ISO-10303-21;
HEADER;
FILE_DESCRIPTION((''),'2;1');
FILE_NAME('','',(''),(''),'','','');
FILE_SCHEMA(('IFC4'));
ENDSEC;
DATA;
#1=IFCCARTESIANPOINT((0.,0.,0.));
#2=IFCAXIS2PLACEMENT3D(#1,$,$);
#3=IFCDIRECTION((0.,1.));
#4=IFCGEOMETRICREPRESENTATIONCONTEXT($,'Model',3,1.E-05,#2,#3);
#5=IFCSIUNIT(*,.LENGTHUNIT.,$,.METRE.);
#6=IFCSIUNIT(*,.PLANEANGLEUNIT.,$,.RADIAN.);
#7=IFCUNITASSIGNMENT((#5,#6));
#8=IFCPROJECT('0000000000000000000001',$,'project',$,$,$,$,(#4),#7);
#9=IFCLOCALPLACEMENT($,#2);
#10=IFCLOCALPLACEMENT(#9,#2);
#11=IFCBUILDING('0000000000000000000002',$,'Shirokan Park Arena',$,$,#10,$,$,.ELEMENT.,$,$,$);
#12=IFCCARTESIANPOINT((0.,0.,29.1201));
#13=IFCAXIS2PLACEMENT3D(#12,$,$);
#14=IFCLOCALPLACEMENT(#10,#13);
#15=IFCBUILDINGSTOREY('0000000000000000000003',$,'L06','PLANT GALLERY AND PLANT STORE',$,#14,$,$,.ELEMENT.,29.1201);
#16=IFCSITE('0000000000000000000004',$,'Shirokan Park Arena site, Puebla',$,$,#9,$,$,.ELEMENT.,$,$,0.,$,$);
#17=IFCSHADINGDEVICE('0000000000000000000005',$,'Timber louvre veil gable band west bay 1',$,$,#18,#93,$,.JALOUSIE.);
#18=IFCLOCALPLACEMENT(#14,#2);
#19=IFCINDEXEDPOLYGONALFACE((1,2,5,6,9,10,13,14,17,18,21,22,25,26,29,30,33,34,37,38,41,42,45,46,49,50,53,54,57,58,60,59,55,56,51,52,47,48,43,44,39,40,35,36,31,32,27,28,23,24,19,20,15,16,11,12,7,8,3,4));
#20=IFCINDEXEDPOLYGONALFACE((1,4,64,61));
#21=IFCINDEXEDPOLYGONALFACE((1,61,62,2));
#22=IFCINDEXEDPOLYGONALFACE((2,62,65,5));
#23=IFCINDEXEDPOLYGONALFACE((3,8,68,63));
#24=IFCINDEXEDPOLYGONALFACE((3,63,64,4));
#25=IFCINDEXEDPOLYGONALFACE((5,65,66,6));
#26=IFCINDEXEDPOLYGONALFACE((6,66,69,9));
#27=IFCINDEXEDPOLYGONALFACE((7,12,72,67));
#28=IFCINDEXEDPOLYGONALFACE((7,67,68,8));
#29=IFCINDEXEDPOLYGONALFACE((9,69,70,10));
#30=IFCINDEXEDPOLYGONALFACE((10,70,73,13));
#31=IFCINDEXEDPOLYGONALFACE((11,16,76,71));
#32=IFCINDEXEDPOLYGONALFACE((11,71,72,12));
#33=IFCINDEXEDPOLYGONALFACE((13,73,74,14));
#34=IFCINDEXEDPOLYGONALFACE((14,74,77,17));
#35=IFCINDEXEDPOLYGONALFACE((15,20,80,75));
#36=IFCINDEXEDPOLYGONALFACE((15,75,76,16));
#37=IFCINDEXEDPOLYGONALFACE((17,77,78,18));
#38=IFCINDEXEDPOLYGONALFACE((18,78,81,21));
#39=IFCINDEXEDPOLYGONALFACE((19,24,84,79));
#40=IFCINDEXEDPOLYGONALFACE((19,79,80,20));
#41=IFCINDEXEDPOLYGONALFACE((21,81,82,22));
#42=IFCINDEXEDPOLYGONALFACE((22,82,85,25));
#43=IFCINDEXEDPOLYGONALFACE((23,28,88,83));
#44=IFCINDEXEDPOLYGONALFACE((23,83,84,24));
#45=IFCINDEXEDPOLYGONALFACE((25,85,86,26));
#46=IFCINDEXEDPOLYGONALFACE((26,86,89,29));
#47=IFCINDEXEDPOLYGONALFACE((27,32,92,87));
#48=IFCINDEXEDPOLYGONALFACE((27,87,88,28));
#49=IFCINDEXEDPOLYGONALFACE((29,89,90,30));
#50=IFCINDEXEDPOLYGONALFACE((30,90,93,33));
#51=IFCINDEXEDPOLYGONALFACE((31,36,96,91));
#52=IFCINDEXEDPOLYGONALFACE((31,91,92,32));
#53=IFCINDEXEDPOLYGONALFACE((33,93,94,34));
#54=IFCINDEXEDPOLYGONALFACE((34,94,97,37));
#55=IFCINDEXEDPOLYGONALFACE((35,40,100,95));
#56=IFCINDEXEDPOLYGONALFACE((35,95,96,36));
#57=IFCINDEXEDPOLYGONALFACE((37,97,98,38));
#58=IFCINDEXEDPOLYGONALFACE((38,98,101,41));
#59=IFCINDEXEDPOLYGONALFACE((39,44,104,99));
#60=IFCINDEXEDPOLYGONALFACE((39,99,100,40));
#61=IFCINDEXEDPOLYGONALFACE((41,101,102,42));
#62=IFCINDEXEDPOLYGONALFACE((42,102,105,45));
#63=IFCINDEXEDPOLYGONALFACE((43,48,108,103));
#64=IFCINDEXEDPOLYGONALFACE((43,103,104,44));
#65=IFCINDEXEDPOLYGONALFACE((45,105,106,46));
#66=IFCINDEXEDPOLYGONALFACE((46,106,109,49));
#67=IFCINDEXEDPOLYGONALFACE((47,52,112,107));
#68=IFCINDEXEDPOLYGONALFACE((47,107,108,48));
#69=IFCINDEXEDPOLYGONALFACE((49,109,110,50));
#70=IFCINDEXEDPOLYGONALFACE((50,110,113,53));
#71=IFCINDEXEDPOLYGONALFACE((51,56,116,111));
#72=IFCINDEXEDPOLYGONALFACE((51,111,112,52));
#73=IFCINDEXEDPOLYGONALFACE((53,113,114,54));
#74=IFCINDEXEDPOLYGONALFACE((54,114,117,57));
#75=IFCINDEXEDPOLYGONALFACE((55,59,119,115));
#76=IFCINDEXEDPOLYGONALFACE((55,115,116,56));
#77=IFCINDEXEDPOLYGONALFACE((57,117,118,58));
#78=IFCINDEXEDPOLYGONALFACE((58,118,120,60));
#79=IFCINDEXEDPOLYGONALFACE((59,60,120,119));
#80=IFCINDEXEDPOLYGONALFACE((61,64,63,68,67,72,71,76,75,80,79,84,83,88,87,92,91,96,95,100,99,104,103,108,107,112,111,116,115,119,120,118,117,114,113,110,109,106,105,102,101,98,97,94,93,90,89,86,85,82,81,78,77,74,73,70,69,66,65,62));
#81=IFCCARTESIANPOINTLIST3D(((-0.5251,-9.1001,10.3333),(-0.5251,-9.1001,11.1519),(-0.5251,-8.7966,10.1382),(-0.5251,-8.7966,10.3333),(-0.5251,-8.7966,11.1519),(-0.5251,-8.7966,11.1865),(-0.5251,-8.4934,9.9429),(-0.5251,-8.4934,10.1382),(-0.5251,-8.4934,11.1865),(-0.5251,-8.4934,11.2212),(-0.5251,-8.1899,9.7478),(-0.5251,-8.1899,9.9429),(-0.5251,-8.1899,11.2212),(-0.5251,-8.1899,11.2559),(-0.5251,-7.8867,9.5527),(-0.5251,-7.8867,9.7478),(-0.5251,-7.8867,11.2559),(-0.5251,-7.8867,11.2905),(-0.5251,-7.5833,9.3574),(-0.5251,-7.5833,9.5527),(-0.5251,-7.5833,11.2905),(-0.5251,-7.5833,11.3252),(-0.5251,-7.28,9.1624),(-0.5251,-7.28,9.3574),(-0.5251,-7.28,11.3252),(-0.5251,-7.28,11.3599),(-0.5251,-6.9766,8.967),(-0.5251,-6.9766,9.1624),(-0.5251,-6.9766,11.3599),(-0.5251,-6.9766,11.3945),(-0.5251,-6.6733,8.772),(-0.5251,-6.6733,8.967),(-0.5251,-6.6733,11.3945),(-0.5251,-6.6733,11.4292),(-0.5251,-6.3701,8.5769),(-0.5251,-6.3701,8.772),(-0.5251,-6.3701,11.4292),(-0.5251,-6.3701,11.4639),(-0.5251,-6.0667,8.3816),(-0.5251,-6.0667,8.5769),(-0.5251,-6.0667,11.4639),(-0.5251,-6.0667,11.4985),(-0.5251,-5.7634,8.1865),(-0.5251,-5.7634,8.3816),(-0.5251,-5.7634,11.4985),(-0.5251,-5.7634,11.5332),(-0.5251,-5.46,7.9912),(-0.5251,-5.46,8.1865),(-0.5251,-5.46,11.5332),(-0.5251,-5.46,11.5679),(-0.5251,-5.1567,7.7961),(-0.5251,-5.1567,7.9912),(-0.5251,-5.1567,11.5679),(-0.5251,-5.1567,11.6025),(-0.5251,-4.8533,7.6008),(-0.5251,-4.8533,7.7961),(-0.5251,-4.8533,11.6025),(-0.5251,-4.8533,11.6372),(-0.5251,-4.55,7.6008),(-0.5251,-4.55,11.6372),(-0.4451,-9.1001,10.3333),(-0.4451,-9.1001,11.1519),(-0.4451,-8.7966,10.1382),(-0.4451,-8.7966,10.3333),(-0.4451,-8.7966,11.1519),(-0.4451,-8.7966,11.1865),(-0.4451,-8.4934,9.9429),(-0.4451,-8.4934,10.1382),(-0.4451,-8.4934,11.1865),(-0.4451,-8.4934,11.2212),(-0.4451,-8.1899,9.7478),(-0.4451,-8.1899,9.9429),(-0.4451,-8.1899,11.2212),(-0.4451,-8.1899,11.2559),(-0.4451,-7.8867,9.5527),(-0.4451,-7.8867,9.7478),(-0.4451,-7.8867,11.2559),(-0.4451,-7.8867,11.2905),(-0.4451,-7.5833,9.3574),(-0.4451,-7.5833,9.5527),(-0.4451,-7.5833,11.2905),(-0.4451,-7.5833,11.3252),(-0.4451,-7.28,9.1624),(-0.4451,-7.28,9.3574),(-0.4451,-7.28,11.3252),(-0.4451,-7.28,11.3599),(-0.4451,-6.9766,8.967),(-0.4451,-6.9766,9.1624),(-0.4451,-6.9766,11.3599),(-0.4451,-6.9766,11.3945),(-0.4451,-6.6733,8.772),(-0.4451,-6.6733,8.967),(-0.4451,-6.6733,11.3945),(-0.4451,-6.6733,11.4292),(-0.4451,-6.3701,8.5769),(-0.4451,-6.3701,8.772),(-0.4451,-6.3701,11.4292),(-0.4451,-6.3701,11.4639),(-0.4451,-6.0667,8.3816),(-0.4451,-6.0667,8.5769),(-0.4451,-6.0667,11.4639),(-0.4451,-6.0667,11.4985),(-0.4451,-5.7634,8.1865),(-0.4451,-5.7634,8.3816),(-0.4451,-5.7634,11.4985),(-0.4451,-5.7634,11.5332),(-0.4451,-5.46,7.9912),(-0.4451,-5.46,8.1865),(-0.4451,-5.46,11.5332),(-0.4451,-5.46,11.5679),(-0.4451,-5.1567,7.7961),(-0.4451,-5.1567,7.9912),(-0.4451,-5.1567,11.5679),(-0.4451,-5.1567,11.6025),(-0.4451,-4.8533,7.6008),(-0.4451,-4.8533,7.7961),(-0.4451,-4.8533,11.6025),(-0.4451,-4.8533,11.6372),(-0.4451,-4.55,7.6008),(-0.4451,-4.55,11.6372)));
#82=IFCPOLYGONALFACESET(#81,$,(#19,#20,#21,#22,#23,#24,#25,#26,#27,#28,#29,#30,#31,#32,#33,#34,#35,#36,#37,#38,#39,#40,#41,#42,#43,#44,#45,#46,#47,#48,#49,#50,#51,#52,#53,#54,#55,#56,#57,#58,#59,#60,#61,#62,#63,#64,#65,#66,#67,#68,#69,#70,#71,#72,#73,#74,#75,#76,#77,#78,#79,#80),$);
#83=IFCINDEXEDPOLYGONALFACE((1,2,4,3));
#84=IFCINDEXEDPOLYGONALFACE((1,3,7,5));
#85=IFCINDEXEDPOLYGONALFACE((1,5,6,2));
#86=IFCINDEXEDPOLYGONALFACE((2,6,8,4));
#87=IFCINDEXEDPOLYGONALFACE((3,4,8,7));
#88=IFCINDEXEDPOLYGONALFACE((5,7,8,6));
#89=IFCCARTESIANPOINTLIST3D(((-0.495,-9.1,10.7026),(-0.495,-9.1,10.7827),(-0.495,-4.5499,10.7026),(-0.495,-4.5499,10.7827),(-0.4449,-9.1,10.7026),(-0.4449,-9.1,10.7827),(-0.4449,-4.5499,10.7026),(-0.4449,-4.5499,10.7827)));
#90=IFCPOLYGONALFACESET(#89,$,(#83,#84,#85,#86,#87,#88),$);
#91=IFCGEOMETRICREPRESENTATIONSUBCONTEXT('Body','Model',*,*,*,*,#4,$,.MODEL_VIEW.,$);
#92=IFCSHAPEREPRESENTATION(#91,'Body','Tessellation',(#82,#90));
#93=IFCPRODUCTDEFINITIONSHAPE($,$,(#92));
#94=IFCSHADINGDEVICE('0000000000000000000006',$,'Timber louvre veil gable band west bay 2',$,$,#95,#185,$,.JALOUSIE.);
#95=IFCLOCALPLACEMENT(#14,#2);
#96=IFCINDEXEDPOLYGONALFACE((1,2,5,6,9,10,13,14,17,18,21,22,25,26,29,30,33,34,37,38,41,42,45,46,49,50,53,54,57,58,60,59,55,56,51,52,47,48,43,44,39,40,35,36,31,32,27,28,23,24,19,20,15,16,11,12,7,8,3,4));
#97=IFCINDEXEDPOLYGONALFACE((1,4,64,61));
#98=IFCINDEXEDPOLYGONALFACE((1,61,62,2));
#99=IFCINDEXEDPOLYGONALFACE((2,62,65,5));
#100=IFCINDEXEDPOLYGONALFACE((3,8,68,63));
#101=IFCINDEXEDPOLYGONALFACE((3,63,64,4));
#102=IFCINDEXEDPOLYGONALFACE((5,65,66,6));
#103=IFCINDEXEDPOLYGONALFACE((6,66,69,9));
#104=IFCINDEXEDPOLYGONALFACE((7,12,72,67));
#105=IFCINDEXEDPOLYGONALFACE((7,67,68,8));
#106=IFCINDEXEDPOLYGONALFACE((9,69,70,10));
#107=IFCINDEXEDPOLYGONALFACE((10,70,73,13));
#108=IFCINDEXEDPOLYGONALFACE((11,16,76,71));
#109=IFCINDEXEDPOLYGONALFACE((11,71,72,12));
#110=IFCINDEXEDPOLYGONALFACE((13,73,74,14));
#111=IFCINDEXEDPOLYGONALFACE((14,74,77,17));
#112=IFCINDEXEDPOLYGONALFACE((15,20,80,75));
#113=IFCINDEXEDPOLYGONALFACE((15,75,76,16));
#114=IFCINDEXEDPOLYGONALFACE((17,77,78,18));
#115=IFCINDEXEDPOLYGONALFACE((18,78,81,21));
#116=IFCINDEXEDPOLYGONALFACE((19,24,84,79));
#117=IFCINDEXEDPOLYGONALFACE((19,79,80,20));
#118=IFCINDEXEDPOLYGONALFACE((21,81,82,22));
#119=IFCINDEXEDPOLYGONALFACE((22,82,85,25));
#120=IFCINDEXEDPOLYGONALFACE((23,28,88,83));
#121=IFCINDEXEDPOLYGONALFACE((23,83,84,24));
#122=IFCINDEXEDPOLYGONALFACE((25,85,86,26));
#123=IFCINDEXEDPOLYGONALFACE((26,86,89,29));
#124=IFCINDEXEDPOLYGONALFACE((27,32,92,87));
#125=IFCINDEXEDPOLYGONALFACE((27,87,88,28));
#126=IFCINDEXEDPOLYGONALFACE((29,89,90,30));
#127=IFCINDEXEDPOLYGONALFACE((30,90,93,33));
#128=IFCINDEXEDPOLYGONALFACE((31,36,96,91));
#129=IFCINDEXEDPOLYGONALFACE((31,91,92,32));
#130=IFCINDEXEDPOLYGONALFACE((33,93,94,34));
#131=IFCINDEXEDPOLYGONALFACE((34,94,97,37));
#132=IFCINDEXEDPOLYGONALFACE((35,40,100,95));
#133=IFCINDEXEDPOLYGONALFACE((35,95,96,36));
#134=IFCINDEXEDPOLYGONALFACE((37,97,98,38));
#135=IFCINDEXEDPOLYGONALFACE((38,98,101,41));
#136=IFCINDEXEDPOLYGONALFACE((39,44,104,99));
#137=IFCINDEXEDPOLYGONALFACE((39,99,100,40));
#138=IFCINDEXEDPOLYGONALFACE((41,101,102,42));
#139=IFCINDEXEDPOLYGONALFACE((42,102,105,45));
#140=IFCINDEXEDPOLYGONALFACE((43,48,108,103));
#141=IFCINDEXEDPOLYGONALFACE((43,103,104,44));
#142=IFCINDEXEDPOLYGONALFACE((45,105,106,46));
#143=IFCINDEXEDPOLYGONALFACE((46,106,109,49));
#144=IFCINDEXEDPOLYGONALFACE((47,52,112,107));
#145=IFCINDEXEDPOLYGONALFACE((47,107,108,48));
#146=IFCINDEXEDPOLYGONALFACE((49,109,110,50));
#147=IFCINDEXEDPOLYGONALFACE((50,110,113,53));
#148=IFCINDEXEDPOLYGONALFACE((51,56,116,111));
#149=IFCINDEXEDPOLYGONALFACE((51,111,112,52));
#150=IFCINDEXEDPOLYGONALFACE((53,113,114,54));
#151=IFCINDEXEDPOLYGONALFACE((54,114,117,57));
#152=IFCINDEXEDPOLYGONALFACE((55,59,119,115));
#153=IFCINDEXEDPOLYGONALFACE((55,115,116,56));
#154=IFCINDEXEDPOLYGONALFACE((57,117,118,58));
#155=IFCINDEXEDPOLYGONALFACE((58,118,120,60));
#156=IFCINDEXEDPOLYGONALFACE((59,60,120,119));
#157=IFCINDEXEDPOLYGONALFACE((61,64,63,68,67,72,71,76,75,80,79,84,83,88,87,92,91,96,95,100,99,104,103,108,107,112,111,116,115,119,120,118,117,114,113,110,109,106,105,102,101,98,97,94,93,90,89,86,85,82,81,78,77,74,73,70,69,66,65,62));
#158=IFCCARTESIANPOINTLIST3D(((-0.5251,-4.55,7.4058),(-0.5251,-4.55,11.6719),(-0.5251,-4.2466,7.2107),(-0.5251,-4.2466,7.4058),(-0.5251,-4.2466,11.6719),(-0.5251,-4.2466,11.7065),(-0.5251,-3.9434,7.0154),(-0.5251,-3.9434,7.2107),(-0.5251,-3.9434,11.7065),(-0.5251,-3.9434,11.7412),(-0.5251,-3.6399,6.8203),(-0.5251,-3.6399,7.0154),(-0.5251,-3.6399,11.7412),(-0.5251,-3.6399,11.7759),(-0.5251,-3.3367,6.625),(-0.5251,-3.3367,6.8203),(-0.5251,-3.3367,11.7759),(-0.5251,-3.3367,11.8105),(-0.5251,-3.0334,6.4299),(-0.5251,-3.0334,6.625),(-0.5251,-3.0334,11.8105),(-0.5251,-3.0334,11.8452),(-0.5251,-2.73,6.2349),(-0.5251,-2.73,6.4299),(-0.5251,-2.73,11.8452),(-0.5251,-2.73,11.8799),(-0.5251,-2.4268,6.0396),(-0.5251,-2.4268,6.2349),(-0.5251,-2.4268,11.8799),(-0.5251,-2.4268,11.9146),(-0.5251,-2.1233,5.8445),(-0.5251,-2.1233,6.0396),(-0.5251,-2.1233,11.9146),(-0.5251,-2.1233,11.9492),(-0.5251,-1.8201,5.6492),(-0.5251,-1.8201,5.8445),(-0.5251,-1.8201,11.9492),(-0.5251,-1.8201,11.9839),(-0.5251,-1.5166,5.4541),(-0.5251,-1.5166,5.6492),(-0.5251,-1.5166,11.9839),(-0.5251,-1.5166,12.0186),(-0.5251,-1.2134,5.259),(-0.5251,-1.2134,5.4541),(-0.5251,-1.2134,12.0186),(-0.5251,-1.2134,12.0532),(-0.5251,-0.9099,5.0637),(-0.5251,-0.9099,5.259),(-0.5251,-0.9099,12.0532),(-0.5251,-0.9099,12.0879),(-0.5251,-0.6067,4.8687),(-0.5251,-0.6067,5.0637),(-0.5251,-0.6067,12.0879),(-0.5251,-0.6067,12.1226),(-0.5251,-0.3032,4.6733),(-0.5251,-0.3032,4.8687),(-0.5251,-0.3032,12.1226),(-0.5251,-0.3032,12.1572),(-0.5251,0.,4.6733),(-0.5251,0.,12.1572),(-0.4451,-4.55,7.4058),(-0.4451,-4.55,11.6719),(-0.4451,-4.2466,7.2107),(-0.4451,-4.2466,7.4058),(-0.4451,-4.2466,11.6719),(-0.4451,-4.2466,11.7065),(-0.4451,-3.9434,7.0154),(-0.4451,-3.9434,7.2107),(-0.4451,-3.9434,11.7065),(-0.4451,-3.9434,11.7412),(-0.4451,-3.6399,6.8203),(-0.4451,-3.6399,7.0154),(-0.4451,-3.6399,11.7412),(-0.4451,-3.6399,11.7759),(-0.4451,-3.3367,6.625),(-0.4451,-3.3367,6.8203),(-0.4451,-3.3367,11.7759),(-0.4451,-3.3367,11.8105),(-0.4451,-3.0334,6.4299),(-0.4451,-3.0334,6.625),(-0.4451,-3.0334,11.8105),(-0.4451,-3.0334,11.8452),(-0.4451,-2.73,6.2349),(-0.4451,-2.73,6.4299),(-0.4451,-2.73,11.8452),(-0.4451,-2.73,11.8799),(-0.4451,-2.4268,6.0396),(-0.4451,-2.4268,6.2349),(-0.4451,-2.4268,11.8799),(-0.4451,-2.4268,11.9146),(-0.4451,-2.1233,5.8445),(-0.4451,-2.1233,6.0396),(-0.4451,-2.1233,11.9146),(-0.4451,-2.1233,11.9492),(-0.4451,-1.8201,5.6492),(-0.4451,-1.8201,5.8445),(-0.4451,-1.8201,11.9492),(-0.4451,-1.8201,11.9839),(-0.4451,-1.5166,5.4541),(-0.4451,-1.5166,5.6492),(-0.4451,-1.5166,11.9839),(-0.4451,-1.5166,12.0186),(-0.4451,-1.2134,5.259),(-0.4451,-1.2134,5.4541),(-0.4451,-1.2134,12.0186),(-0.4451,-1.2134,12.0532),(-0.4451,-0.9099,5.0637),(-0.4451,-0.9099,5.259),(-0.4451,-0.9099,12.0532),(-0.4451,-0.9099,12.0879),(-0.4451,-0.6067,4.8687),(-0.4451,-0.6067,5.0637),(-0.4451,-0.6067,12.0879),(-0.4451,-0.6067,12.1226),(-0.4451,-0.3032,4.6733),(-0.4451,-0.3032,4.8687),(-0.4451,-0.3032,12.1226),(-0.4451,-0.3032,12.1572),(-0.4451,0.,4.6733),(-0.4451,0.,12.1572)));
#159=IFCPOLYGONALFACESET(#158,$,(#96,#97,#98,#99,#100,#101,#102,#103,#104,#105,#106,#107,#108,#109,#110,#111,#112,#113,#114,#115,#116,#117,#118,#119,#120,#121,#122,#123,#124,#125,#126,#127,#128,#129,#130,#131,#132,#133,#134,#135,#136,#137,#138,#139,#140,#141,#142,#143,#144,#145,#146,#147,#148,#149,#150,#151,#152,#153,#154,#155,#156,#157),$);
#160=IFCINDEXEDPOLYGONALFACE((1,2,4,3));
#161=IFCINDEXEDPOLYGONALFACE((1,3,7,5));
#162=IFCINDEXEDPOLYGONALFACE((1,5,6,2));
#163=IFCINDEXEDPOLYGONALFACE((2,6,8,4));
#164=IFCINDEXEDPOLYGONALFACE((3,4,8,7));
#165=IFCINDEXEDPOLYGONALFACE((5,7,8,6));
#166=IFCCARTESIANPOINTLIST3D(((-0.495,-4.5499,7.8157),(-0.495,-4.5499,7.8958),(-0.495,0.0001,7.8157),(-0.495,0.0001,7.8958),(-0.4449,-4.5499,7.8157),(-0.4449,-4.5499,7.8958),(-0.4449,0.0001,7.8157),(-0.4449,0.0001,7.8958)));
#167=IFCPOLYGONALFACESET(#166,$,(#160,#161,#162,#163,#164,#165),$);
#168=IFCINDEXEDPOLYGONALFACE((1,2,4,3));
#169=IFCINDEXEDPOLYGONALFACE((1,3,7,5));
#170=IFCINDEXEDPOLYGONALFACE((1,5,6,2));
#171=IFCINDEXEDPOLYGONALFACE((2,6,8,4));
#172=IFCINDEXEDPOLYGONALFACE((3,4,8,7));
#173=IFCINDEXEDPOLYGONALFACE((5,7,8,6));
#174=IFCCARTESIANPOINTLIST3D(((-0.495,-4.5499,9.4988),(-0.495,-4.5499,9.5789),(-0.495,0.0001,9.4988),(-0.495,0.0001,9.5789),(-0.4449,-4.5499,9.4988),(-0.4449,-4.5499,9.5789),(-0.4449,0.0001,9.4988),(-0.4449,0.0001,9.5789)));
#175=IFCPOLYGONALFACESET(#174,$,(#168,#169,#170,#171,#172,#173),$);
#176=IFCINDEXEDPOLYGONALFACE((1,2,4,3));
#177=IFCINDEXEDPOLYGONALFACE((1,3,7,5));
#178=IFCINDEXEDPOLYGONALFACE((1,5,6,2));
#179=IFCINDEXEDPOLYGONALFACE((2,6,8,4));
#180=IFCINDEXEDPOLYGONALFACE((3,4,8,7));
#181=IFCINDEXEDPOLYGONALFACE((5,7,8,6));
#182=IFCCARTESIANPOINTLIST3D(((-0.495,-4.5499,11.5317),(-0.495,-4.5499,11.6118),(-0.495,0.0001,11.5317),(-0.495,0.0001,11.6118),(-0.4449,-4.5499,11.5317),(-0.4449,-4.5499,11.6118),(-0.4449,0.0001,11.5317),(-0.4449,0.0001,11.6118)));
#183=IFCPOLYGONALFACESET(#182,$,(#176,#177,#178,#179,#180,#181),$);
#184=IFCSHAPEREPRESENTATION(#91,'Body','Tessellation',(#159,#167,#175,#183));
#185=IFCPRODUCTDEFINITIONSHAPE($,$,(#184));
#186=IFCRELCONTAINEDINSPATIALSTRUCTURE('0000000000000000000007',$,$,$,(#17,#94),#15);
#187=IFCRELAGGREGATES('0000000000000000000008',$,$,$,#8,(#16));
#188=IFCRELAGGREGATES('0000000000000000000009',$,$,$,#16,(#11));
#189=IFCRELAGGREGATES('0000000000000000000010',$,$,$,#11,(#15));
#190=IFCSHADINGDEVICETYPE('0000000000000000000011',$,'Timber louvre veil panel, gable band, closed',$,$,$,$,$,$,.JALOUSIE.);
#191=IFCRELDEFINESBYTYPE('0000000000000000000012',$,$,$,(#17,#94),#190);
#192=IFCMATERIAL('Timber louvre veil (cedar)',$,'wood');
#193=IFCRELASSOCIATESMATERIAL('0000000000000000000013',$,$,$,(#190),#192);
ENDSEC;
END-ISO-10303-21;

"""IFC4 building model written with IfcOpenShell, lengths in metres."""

from ifc_helpers import new_model, si_unit, direction, frame, origin, origin_2d, place, context, subcontext, project, spatial, polyline, rectangle, outline, extrude, material, type_object, element, save


model = new_model("IFC4")

# Units and contexts
model_context = context("Model", 3, precision=1e-05, world=origin(), true_north=direction((0.0, 1.0)))
body_context = subcontext(model_context, "Body", "Model", "MODEL_VIEW")
ifc_project = project(units=[si_unit("LENGTHUNIT", "METRE"), si_unit("PLANEANGLEUNIT", "RADIAN")], contexts=[model_context])

# Site, building, storey
site_placement = place(None, origin())
site = spatial("IfcSite", under=ifc_project, at=site_placement, Name="Shirokan Park Arena site, Puebla", CompositionType="ELEMENT", RefElevation=0.0)
building_placement = place(site_placement, origin())
building = spatial("IfcBuilding", under=site, at=building_placement, Name="Shirokan Park Arena", CompositionType="ELEMENT")
storey_placement = place(building_placement, frame((0.0, 0.0, 29.1201)))
storey = spatial("IfcBuildingStorey", under=building, at=storey_placement, Name="L06", Description="PLANT GALLERY AND PLANT STORE", CompositionType="ELEMENT", Elevation=29.1201)

# Shading devices
ifc_material = material(Name="Timber louvre veil (cedar)", Category="wood")
shading_device_type_1 = type_object("IfcShadingDeviceType", Name="Timber louvre veil panel, gable band, closed", PredefinedType="JALOUSIE", material=ifc_material)
shading_device_1_placement = place(storey_placement, origin())
element("IfcShadingDevice", 1, at=shading_device_1_placement, inside=storey, type_object=shading_device_type_1, Name="Timber louvre veil gable band west bay 1", PredefinedType="JALOUSIE", context=body_context, shape_type="SweptSolid", body=[
    extrude(outline(polyline([(-6.9766, 8.967), (-6.6733, 8.967), (-6.6733, 8.772), (-6.3701, 8.772), (-6.3701, 8.5769), (-6.0667, 8.5769), (-6.0667, 8.3816), (-5.7634, 8.3816), (-5.7634, 8.1865), (-5.46, 8.1865), (-5.46, 7.9912), (-5.1567, 7.9912), (-5.1567, 7.7961), (-4.8533, 7.7961), (-4.8533, 7.6008), (-4.55, 7.6008), (-4.55, 11.6372), (-4.8533, 11.6372), (-4.8533, 11.6025), (-5.1567, 11.6025), (-5.1567, 11.5679), (-5.46, 11.5679), (-5.46, 11.5332), (-5.7634, 11.5332), (-5.7634, 11.4985), (-6.0667, 11.4985), (-6.0667, 11.4639), (-6.3701, 11.4639), (-6.3701, 11.4292), (-6.6733, 11.4292), (-6.6733, 11.3945), (-6.9766, 11.3945), (-6.9766, 11.3599), (-7.28, 11.3599), (-7.28, 11.3252), (-7.5833, 11.3252), (-7.5833, 11.2905), (-7.8867, 11.2905), (-7.8867, 11.2559), (-8.1899, 11.2559), (-8.1899, 11.2212), (-8.4934, 11.2212), (-8.4934, 11.1865), (-8.7966, 11.1865), (-8.7966, 11.1519), (-9.1001, 11.1519), (-9.1001, 10.3333), (-8.7966, 10.3333), (-8.7966, 10.1382), (-8.4934, 10.1382), (-8.4934, 9.9429), (-8.1899, 9.9429), (-8.1899, 9.7478), (-7.8867, 9.7478), (-7.8867, 9.5527), (-7.5833, 9.5527), (-7.5833, 9.3574), (-7.28, 9.3574), (-7.28, 9.1624), (-6.9766, 9.1624), (-6.9766, 8.967)])), frame((-0.5251, 0.0, 0.0), z_axis=(1.0, 0.0, 0.0), x_axis=(0.0, 1.0, 0.0)), (0.0, 0.0, 1.0), 0.0801),
    extrude(rectangle(XDim=0.05, YDim=4.55, at=origin_2d()), frame((-0.47, -6.825, 10.7026), z_axis=(0.0, 0.0, 1.0), x_axis=(1.0, 0.0, 0.0)), (0.0, 0.0, 1.0), 0.0801),
])
shading_device_2_placement = place(storey_placement, origin())
element("IfcShadingDevice", 2, at=shading_device_2_placement, inside=storey, type_object=shading_device_type_1, Name="Timber louvre veil gable band west bay 2", PredefinedType="JALOUSIE", context=body_context, shape_type="SweptSolid", body=[
    extrude(outline(polyline([(-2.4268, 6.0396), (-2.1233, 6.0396), (-2.1233, 5.8445), (-1.8201, 5.8445), (-1.8201, 5.6492), (-1.5166, 5.6492), (-1.5166, 5.4541), (-1.2134, 5.4541), (-1.2134, 5.259), (-0.9099, 5.259), (-0.9099, 5.0637), (-0.6067, 5.0637), (-0.6067, 4.8687), (-0.3032, 4.8687), (-0.3032, 4.6733), (0.0, 4.6733), (0.0, 12.1572), (-0.3032, 12.1572), (-0.3032, 12.1226), (-0.6067, 12.1226), (-0.6067, 12.0879), (-0.9099, 12.0879), (-0.9099, 12.0532), (-1.2134, 12.0532), (-1.2134, 12.0186), (-1.5166, 12.0186), (-1.5166, 11.9839), (-1.8201, 11.9839), (-1.8201, 11.9492), (-2.1233, 11.9492), (-2.1233, 11.9146), (-2.4268, 11.9146), (-2.4268, 11.8799), (-2.73, 11.8799), (-2.73, 11.8452), (-3.0334, 11.8452), (-3.0334, 11.8105), (-3.3367, 11.8105), (-3.3367, 11.7759), (-3.6399, 11.7759), (-3.6399, 11.7412), (-3.9434, 11.7412), (-3.9434, 11.7065), (-4.2466, 11.7065), (-4.2466, 11.6719), (-4.55, 11.6719), (-4.55, 7.4058), (-4.2466, 7.4058), (-4.2466, 7.2107), (-3.9434, 7.2107), (-3.9434, 7.0154), (-3.6399, 7.0154), (-3.6399, 6.8203), (-3.3367, 6.8203), (-3.3367, 6.625), (-3.0334, 6.625), (-3.0334, 6.4299), (-2.73, 6.4299), (-2.73, 6.2349), (-2.4268, 6.2349), (-2.4268, 6.0396)])), frame((-0.5251, 0.0, 0.0), z_axis=(1.0, 0.0, 0.0), x_axis=(0.0, 1.0, 0.0)), (0.0, 0.0, 1.0), 0.0801),
    extrude(rectangle(XDim=0.05, YDim=4.55, at=origin_2d()), frame((-0.47, -2.2749, 7.8157), z_axis=(0.0, 0.0, 1.0), x_axis=(1.0, 0.0, 0.0)), (0.0, 0.0, 1.0), 0.0801),
    extrude(rectangle(XDim=0.05, YDim=4.55, at=origin_2d()), frame((-0.47, -2.2749, 9.4988), z_axis=(0.0, 0.0, 1.0), x_axis=(1.0, 0.0, 0.0)), (0.0, 0.0, 1.0), 0.0801),
    extrude(rectangle(XDim=0.05, YDim=4.55, at=origin_2d()), frame((-0.47, -2.2749, 11.5317), z_axis=(0.0, 0.0, 1.0), x_axis=(1.0, 0.0, 0.0)), (0.0, 0.0, 1.0), 0.0801),
])

save(model, "model.ifc")
